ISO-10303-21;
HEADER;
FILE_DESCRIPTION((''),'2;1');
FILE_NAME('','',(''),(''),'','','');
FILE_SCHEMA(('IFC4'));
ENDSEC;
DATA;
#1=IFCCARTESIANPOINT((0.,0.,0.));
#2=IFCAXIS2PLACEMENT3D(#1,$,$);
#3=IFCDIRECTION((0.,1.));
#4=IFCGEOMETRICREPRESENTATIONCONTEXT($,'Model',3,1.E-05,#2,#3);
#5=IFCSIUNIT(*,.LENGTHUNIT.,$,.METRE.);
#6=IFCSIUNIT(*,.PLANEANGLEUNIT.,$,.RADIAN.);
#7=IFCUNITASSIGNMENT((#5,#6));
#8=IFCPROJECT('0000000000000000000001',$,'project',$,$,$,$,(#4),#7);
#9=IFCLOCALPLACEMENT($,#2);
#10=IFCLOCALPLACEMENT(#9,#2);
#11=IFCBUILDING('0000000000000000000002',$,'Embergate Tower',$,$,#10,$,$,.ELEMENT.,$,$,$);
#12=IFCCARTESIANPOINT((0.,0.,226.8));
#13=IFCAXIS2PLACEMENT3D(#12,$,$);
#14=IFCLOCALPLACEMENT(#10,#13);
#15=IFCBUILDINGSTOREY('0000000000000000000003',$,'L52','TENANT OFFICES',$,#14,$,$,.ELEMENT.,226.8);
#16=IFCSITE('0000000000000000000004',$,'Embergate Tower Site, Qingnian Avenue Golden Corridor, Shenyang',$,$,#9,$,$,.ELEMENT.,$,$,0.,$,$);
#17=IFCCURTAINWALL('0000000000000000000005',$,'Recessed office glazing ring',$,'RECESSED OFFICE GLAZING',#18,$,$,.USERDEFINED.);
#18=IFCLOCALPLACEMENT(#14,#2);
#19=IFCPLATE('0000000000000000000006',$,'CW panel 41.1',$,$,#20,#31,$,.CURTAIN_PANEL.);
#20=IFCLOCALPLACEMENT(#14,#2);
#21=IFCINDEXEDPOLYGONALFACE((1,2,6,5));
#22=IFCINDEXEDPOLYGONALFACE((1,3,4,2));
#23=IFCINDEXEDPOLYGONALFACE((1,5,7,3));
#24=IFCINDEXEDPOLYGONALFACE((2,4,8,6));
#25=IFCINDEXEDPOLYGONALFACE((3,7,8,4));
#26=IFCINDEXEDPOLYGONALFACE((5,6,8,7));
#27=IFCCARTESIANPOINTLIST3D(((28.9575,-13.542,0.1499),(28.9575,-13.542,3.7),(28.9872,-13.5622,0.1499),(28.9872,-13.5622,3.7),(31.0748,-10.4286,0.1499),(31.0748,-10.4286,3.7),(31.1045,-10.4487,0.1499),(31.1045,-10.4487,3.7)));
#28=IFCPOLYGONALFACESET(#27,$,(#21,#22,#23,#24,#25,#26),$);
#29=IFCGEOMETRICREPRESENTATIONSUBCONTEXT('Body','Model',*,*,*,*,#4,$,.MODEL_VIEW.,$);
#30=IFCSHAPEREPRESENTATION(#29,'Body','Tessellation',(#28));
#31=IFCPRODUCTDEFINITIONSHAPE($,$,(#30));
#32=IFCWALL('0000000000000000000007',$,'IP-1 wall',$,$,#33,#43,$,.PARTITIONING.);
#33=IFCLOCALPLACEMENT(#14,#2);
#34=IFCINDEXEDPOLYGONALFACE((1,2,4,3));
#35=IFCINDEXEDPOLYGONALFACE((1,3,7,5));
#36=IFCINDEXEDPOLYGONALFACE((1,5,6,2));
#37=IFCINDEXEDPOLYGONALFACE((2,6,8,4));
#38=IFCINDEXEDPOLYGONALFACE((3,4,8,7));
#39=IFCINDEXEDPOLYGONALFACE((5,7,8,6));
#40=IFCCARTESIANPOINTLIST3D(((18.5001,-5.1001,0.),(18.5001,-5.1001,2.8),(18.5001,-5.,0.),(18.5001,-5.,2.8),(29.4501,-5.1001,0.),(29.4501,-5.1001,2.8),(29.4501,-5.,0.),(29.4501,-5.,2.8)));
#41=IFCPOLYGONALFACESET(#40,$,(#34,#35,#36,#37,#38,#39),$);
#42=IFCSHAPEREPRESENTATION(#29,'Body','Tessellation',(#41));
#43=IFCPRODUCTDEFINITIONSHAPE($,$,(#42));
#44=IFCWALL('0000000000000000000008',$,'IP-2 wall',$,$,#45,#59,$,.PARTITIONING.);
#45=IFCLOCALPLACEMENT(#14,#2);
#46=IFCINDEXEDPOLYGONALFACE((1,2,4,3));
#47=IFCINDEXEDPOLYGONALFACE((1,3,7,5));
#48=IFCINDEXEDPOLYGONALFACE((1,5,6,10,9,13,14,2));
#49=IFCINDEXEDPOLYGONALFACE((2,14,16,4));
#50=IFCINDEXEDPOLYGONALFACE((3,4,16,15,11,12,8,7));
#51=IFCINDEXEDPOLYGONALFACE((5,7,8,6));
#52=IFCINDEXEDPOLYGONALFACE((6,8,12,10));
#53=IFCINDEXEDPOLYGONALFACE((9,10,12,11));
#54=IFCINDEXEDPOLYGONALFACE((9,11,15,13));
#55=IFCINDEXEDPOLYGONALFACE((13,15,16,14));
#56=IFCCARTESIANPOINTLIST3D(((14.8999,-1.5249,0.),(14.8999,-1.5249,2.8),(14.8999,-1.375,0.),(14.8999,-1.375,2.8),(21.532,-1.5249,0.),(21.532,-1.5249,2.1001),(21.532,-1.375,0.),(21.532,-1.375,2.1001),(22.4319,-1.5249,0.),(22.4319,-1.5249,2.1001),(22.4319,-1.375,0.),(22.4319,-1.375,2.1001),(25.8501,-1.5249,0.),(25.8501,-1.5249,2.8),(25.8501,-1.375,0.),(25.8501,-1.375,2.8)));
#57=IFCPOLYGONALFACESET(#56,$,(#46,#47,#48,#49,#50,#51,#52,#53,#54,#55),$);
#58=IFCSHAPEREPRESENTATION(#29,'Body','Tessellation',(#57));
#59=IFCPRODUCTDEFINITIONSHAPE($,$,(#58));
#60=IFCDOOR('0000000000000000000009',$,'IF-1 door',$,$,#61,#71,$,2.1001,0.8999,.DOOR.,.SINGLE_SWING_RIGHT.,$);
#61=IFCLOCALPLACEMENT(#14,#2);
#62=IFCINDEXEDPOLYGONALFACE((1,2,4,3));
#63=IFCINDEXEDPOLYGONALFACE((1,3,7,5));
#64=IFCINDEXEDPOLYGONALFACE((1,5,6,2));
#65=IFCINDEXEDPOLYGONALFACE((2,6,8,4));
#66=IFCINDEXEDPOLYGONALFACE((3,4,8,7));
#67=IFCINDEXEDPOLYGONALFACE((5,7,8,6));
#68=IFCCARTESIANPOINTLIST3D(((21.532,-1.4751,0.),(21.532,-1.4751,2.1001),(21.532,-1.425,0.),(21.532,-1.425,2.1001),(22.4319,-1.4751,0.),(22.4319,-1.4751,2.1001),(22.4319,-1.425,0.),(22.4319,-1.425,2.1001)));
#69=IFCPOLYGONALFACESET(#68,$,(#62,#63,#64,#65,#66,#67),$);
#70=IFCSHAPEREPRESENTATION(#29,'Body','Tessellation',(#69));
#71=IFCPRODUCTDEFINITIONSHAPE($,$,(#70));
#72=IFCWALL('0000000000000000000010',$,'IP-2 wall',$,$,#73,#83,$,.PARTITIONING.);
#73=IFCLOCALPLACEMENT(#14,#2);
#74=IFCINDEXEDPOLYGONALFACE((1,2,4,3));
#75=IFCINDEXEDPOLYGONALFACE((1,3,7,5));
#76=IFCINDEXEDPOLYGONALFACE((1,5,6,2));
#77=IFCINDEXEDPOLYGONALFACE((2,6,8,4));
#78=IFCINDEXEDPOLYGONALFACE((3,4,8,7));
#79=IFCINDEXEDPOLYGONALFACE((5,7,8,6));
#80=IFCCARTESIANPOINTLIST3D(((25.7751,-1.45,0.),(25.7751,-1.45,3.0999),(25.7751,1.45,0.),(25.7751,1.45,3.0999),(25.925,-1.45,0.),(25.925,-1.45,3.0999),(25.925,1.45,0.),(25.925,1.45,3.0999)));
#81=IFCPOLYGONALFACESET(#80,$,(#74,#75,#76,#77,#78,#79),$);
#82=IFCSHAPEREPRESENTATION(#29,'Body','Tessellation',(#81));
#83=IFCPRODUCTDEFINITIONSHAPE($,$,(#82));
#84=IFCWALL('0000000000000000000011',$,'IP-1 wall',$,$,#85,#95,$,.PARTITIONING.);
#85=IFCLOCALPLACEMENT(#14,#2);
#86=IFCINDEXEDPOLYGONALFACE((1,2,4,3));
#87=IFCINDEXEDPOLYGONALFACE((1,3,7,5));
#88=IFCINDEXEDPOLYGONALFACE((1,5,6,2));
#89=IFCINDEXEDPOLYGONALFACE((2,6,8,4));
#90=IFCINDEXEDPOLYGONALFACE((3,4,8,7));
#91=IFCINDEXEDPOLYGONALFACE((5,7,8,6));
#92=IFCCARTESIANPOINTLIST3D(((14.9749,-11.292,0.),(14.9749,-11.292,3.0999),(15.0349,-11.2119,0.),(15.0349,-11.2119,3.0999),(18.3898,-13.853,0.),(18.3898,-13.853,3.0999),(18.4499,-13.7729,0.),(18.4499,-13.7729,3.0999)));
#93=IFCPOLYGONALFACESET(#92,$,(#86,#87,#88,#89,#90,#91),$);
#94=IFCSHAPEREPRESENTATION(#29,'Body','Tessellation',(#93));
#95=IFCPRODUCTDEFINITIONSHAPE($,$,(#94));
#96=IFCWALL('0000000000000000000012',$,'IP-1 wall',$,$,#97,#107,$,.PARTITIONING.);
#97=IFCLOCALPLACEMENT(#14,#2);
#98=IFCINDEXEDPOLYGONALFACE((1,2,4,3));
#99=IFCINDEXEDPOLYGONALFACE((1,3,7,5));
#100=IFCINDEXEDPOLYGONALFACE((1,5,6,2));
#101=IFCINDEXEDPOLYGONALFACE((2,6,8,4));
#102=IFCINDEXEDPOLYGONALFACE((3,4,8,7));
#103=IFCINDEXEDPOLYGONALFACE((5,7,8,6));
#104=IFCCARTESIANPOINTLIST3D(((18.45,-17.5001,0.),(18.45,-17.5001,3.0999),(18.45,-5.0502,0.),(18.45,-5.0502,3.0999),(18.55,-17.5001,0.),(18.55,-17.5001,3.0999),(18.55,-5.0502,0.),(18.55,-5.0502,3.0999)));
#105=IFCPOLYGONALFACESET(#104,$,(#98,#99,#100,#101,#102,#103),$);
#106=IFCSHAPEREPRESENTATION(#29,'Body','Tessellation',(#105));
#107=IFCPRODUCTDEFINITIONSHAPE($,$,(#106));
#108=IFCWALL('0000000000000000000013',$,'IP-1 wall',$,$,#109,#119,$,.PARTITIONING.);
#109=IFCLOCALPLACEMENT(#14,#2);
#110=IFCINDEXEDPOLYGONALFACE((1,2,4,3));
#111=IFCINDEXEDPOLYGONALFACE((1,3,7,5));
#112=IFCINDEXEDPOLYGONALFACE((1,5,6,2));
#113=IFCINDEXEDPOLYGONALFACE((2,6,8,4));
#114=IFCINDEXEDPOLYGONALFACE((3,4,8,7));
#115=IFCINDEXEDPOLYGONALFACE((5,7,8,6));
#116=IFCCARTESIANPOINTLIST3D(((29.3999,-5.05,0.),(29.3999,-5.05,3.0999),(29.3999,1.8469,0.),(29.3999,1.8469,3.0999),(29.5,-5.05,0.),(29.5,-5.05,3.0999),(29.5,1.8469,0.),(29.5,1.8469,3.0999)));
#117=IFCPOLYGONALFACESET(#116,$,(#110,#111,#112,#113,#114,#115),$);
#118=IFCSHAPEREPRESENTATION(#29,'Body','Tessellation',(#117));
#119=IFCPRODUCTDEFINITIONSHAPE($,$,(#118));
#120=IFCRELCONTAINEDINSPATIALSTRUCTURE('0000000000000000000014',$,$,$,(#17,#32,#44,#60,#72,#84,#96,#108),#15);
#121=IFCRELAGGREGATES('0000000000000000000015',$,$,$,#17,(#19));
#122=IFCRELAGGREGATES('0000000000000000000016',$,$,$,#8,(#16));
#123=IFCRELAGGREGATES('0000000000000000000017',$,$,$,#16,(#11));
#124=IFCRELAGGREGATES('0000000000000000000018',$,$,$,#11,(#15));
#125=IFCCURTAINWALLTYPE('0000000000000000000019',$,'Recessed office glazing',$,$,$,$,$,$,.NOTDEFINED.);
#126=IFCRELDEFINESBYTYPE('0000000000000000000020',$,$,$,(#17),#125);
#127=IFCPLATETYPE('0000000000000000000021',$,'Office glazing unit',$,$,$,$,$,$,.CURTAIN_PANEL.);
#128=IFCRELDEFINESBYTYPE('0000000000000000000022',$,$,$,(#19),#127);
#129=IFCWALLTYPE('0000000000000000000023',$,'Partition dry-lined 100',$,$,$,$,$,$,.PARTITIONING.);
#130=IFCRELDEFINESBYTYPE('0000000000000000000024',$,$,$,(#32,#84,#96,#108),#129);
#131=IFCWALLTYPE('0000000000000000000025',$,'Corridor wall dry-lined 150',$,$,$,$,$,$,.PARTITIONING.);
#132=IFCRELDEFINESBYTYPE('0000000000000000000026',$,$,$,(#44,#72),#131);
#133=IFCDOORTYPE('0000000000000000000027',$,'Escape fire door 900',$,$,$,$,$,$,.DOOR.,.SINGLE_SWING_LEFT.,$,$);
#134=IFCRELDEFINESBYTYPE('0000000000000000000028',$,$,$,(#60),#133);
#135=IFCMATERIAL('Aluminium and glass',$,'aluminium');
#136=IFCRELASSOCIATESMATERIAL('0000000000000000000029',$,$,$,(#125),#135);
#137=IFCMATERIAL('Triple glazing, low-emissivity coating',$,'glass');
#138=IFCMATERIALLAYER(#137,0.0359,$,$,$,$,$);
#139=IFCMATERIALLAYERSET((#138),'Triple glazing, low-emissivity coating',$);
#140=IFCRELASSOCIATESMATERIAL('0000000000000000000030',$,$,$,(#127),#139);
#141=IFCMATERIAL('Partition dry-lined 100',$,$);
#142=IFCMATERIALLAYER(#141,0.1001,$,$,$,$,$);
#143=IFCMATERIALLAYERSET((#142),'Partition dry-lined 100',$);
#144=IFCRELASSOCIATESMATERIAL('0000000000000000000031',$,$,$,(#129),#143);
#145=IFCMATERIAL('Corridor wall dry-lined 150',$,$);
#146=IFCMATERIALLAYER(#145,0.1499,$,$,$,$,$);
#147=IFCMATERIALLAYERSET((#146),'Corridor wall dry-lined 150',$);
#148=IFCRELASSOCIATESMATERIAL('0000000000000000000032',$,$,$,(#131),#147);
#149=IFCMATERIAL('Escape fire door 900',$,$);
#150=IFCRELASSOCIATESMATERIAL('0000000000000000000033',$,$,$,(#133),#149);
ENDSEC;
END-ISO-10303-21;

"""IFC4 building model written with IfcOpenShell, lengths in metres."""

from ifc_helpers import new_model, si_unit, direction, frame, frame_2d, origin, origin_2d, place, context, subcontext, project, spatial, rectangle, extrude, source, transform, mapped, material, layer, layer_set, type_object, element, fill, aggregate, save


model = new_model("IFC4")

# Units and contexts
model_context = context("Model", 3, precision=1e-05, world=origin(), true_north=direction((0.0, 1.0)))
body_context = subcontext(model_context, "Body", "Model", "MODEL_VIEW")
ifc_project = project(units=[si_unit("LENGTHUNIT", "METRE"), si_unit("PLANEANGLEUNIT", "RADIAN")], contexts=[model_context])

# Site, building, storey
site_placement = place(None, origin())
site = spatial("IfcSite", under=ifc_project, at=site_placement, Name="Embergate Tower Site, Qingnian Avenue Golden Corridor, Shenyang", CompositionType="ELEMENT", RefElevation=0.0)
building_placement = place(site_placement, origin())
building = spatial("IfcBuilding", under=site, at=building_placement, Name="Embergate Tower", CompositionType="ELEMENT")
storey_placement = place(building_placement, frame((0.0, 0.0, 226.8)))
storey = spatial("IfcBuildingStorey", under=building, at=storey_placement, Name="L52", Description="TENANT OFFICES", CompositionType="ELEMENT", Elevation=226.8)

# Curtain wall, plate
ifc_material_1 = material(Name="Aluminium and glass", Category="aluminium")
curtain_wall_type = type_object("IfcCurtainWallType", Name="Recessed office glazing", PredefinedType="NOTDEFINED", material=ifc_material_1)
curtain_wall_placement = place(storey_placement, origin())
curtain_wall = element("IfcCurtainWall", 1, at=curtain_wall_placement, inside=storey, type_object=curtain_wall_type, Name="Recessed office glazing ring", ObjectType="RECESSED OFFICE GLAZING", PredefinedType="USERDEFINED")
ifc_material_2 = material(Name="Triple glazing, low-emissivity coating", Category="glass")
ifc_layer_1 = layer(ifc_material_2, 0.0359)
ifc_layer_set_1 = layer_set([ifc_layer_1], Name="Triple glazing, low-emissivity coating")
plate_type = type_object("IfcPlateType", Name="Office glazing unit", PredefinedType="CURTAIN_PANEL", material=ifc_layer_set_1)
shared_shape_1 = source(origin(), body_context, "Body", "SweptSolid", [
    extrude(rectangle(XDim=3.7651, YDim=0.0359, at=origin_2d()), origin(), (0.0, 0.0, 1.0), 3.55),
])
plate_1_placement = place(storey_placement, frame((30.031, -11.9954, 0.1499), z_axis=(0.0, 0.0, 1.0), x_axis=(0.562339, 0.826907, 0.0)))
plate_1 = element("IfcPlate", 2, at=plate_1_placement, type_object=plate_type, Name="CW panel 41.1", PredefinedType="CURTAIN_PANEL", context=body_context, shape_type="MappedRepresentation", body=[
    mapped(shared_shape_1, transform((0.0, 0.0, 0.0))),
])
aggregate(curtain_wall, [plate_1])

# Wall
ifc_material_3 = material(Name="Partition dry-lined 100")
ifc_layer_2 = layer(ifc_material_3, 0.1001)
ifc_layer_set_2 = layer_set([ifc_layer_2], Name="Partition dry-lined 100")
wall_type_1 = type_object("IfcWallType", Name="Partition dry-lined 100", PredefinedType="PARTITIONING", material=ifc_layer_set_2)
shared_shape_2 = source(origin(), body_context, "Body", "SweptSolid", [
    extrude(rectangle(XDim=10.95, YDim=0.1001, at=frame_2d((5.4751, 0.0))), origin(), (0.0, 0.0, 1.0), 2.8),
])
wall_1_placement = place(storey_placement, frame((18.5, -5.05, 0.0), z_axis=(0.0, 0.0, 1.0), x_axis=(1.0, 0.0, 0.0)))
element("IfcWall", 3, at=wall_1_placement, inside=storey, type_object=wall_type_1, Name="IP-1 wall", PredefinedType="PARTITIONING", context=body_context, shape_type="MappedRepresentation", body=[
    mapped(shared_shape_2, transform((0.0, 0.0, 0.0))),
])

# Wall, opening, door
ifc_material_4 = material(Name="Corridor wall dry-lined 150")
ifc_layer_3 = layer(ifc_material_4, 0.1499)
ifc_layer_set_3 = layer_set([ifc_layer_3], Name="Corridor wall dry-lined 150")
wall_type_2 = type_object("IfcWallType", Name="Corridor wall dry-lined 150", PredefinedType="PARTITIONING", material=ifc_layer_set_3)
shared_shape_3 = source(origin(), body_context, "Body", "SweptSolid", [
    extrude(rectangle(XDim=10.9502, YDim=0.1499, at=frame_2d((5.4751, 0.0))), origin(), (0.0, 0.0, 1.0), 2.8),
])
wall_2_placement = place(storey_placement, frame((14.8999, -1.45, 0.0), z_axis=(0.0, 0.0, 1.0), x_axis=(1.0, 0.0, 0.0)))
wall_2 = element("IfcWall", 4, at=wall_2_placement, inside=storey, type_object=wall_type_2, Name="IP-2 wall", PredefinedType="PARTITIONING", context=body_context, shape_type="MappedRepresentation", body=[
    mapped(shared_shape_3, transform((0.0, 0.0, 0.0))),
])
shared_shape_4 = source(origin(), body_context, "Body", "SweptSolid", [
    extrude(rectangle(XDim=0.8999, YDim=2.1001, at=frame_2d((0.45, 1.05))), frame((0.0, 0.085, 0.0), z_axis=(0.0, -1.0, 0.0), x_axis=(1.0, 0.0, 0.0)), (0.0, 0.0, 1.0), 0.1699),
])
opening_placement = place(wall_2_placement, frame((6.6321, 0.0, 0.0)))
opening = element("IfcOpeningElement", 5, at=opening_placement, cuts=wall_2, PredefinedType="OPENING", context=body_context, shape_type="MappedRepresentation", body=[
    mapped(shared_shape_4, transform((0.0, 0.0, 0.0))),
])
ifc_material_5 = material(Name="Escape fire door 900")
door_type = type_object("IfcDoorType", Name="Escape fire door 900", OperationType="SINGLE_SWING_LEFT", PredefinedType="DOOR", material=ifc_material_5)
shared_shape_5 = source(origin(), body_context, "Body", "SweptSolid", [
    extrude(rectangle(XDim=0.8999, YDim=2.1001, at=frame_2d((0.45, 1.05))), frame((0.0, 0.0249, 0.0), z_axis=(0.0, -1.0, 0.0), x_axis=(1.0, 0.0, 0.0)), (0.0, 0.0, 1.0), 0.05),
])
door_placement = place(opening_placement, origin())
door = element("IfcDoor", 6, at=door_placement, inside=storey, type_object=door_type, Name="IF-1 door", OperationType="SINGLE_SWING_RIGHT", OverallHeight=2.1001, OverallWidth=0.8999, PredefinedType="DOOR", context=body_context, shape_type="MappedRepresentation", body=[
    mapped(shared_shape_5, transform((0.0, 0.0, 0.0))),
])
fill(opening, door)

# Walls
shared_shape_6 = source(origin(), body_context, "Body", "SweptSolid", [
    extrude(rectangle(XDim=2.8999, YDim=0.1499, at=frame_2d((1.45, 0.0))), origin(), (0.0, 0.0, 1.0), 3.0999),
])
wall_3_placement = place(storey_placement, frame((25.8501, -1.45, 0.0), z_axis=(0.0, 0.0, 1.0), x_axis=(0.0, 1.0, 0.0)))
element("IfcWall", 7, at=wall_3_placement, inside=storey, type_object=wall_type_2, Name="IP-2 wall", PredefinedType="PARTITIONING", context=body_context, shape_type="MappedRepresentation", body=[
    mapped(shared_shape_6, transform((0.0, 0.0, 0.0))),
])
shared_shape_7 = source(origin(), body_context, "Body", "SweptSolid", [
    extrude(rectangle(XDim=4.2686, YDim=0.1001, at=frame_2d((2.1343, 0.0))), origin(), (0.0, 0.0, 1.0), 3.0999),
])
wall_4_placement = place(storey_placement, frame((15.0049, -11.252, 0.0), z_axis=(0.0, 0.0, 1.0), x_axis=(0.800027, -0.599963, 0.0)))
element("IfcWall", 8, at=wall_4_placement, inside=storey, type_object=wall_type_1, Name="IP-1 wall", PredefinedType="PARTITIONING", context=body_context, shape_type="MappedRepresentation", body=[
    mapped(shared_shape_7, transform((0.0, 0.0, 0.0))),
])
shared_shape_8 = source(origin(), body_context, "Body", "SweptSolid", [
    extrude(rectangle(XDim=12.45, YDim=0.1001, at=frame_2d((6.2251, 0.0))), origin(), (0.0, 0.0, 1.0), 3.0999),
])
wall_5_placement = place(storey_placement, frame((18.5, -5.05, 0.0), z_axis=(0.0, 0.0, 1.0), x_axis=(0.0, -1.0, 0.0)))
element("IfcWall", 9, at=wall_5_placement, inside=storey, type_object=wall_type_1, Name="IP-1 wall", PredefinedType="PARTITIONING", context=body_context, shape_type="MappedRepresentation", body=[
    mapped(shared_shape_8, transform((0.0, 0.0, 0.0))),
])
shared_shape_9 = source(origin(), body_context, "Body", "SweptSolid", [
    extrude(rectangle(XDim=6.897, YDim=0.1001, at=frame_2d((3.4485, 0.0))), origin(), (0.0, 0.0, 1.0), 3.0999),
])
wall_6_placement = place(storey_placement, frame((29.45, -5.05, 0.0), z_axis=(0.0, 0.0, 1.0), x_axis=(0.0, 1.0, 0.0)))
element("IfcWall", 10, at=wall_6_placement, inside=storey, type_object=wall_type_1, Name="IP-1 wall", PredefinedType="PARTITIONING", context=body_context, shape_type="MappedRepresentation", body=[
    mapped(shared_shape_9, transform((0.0, 0.0, 0.0))),
])

save(model, "model.ifc")
